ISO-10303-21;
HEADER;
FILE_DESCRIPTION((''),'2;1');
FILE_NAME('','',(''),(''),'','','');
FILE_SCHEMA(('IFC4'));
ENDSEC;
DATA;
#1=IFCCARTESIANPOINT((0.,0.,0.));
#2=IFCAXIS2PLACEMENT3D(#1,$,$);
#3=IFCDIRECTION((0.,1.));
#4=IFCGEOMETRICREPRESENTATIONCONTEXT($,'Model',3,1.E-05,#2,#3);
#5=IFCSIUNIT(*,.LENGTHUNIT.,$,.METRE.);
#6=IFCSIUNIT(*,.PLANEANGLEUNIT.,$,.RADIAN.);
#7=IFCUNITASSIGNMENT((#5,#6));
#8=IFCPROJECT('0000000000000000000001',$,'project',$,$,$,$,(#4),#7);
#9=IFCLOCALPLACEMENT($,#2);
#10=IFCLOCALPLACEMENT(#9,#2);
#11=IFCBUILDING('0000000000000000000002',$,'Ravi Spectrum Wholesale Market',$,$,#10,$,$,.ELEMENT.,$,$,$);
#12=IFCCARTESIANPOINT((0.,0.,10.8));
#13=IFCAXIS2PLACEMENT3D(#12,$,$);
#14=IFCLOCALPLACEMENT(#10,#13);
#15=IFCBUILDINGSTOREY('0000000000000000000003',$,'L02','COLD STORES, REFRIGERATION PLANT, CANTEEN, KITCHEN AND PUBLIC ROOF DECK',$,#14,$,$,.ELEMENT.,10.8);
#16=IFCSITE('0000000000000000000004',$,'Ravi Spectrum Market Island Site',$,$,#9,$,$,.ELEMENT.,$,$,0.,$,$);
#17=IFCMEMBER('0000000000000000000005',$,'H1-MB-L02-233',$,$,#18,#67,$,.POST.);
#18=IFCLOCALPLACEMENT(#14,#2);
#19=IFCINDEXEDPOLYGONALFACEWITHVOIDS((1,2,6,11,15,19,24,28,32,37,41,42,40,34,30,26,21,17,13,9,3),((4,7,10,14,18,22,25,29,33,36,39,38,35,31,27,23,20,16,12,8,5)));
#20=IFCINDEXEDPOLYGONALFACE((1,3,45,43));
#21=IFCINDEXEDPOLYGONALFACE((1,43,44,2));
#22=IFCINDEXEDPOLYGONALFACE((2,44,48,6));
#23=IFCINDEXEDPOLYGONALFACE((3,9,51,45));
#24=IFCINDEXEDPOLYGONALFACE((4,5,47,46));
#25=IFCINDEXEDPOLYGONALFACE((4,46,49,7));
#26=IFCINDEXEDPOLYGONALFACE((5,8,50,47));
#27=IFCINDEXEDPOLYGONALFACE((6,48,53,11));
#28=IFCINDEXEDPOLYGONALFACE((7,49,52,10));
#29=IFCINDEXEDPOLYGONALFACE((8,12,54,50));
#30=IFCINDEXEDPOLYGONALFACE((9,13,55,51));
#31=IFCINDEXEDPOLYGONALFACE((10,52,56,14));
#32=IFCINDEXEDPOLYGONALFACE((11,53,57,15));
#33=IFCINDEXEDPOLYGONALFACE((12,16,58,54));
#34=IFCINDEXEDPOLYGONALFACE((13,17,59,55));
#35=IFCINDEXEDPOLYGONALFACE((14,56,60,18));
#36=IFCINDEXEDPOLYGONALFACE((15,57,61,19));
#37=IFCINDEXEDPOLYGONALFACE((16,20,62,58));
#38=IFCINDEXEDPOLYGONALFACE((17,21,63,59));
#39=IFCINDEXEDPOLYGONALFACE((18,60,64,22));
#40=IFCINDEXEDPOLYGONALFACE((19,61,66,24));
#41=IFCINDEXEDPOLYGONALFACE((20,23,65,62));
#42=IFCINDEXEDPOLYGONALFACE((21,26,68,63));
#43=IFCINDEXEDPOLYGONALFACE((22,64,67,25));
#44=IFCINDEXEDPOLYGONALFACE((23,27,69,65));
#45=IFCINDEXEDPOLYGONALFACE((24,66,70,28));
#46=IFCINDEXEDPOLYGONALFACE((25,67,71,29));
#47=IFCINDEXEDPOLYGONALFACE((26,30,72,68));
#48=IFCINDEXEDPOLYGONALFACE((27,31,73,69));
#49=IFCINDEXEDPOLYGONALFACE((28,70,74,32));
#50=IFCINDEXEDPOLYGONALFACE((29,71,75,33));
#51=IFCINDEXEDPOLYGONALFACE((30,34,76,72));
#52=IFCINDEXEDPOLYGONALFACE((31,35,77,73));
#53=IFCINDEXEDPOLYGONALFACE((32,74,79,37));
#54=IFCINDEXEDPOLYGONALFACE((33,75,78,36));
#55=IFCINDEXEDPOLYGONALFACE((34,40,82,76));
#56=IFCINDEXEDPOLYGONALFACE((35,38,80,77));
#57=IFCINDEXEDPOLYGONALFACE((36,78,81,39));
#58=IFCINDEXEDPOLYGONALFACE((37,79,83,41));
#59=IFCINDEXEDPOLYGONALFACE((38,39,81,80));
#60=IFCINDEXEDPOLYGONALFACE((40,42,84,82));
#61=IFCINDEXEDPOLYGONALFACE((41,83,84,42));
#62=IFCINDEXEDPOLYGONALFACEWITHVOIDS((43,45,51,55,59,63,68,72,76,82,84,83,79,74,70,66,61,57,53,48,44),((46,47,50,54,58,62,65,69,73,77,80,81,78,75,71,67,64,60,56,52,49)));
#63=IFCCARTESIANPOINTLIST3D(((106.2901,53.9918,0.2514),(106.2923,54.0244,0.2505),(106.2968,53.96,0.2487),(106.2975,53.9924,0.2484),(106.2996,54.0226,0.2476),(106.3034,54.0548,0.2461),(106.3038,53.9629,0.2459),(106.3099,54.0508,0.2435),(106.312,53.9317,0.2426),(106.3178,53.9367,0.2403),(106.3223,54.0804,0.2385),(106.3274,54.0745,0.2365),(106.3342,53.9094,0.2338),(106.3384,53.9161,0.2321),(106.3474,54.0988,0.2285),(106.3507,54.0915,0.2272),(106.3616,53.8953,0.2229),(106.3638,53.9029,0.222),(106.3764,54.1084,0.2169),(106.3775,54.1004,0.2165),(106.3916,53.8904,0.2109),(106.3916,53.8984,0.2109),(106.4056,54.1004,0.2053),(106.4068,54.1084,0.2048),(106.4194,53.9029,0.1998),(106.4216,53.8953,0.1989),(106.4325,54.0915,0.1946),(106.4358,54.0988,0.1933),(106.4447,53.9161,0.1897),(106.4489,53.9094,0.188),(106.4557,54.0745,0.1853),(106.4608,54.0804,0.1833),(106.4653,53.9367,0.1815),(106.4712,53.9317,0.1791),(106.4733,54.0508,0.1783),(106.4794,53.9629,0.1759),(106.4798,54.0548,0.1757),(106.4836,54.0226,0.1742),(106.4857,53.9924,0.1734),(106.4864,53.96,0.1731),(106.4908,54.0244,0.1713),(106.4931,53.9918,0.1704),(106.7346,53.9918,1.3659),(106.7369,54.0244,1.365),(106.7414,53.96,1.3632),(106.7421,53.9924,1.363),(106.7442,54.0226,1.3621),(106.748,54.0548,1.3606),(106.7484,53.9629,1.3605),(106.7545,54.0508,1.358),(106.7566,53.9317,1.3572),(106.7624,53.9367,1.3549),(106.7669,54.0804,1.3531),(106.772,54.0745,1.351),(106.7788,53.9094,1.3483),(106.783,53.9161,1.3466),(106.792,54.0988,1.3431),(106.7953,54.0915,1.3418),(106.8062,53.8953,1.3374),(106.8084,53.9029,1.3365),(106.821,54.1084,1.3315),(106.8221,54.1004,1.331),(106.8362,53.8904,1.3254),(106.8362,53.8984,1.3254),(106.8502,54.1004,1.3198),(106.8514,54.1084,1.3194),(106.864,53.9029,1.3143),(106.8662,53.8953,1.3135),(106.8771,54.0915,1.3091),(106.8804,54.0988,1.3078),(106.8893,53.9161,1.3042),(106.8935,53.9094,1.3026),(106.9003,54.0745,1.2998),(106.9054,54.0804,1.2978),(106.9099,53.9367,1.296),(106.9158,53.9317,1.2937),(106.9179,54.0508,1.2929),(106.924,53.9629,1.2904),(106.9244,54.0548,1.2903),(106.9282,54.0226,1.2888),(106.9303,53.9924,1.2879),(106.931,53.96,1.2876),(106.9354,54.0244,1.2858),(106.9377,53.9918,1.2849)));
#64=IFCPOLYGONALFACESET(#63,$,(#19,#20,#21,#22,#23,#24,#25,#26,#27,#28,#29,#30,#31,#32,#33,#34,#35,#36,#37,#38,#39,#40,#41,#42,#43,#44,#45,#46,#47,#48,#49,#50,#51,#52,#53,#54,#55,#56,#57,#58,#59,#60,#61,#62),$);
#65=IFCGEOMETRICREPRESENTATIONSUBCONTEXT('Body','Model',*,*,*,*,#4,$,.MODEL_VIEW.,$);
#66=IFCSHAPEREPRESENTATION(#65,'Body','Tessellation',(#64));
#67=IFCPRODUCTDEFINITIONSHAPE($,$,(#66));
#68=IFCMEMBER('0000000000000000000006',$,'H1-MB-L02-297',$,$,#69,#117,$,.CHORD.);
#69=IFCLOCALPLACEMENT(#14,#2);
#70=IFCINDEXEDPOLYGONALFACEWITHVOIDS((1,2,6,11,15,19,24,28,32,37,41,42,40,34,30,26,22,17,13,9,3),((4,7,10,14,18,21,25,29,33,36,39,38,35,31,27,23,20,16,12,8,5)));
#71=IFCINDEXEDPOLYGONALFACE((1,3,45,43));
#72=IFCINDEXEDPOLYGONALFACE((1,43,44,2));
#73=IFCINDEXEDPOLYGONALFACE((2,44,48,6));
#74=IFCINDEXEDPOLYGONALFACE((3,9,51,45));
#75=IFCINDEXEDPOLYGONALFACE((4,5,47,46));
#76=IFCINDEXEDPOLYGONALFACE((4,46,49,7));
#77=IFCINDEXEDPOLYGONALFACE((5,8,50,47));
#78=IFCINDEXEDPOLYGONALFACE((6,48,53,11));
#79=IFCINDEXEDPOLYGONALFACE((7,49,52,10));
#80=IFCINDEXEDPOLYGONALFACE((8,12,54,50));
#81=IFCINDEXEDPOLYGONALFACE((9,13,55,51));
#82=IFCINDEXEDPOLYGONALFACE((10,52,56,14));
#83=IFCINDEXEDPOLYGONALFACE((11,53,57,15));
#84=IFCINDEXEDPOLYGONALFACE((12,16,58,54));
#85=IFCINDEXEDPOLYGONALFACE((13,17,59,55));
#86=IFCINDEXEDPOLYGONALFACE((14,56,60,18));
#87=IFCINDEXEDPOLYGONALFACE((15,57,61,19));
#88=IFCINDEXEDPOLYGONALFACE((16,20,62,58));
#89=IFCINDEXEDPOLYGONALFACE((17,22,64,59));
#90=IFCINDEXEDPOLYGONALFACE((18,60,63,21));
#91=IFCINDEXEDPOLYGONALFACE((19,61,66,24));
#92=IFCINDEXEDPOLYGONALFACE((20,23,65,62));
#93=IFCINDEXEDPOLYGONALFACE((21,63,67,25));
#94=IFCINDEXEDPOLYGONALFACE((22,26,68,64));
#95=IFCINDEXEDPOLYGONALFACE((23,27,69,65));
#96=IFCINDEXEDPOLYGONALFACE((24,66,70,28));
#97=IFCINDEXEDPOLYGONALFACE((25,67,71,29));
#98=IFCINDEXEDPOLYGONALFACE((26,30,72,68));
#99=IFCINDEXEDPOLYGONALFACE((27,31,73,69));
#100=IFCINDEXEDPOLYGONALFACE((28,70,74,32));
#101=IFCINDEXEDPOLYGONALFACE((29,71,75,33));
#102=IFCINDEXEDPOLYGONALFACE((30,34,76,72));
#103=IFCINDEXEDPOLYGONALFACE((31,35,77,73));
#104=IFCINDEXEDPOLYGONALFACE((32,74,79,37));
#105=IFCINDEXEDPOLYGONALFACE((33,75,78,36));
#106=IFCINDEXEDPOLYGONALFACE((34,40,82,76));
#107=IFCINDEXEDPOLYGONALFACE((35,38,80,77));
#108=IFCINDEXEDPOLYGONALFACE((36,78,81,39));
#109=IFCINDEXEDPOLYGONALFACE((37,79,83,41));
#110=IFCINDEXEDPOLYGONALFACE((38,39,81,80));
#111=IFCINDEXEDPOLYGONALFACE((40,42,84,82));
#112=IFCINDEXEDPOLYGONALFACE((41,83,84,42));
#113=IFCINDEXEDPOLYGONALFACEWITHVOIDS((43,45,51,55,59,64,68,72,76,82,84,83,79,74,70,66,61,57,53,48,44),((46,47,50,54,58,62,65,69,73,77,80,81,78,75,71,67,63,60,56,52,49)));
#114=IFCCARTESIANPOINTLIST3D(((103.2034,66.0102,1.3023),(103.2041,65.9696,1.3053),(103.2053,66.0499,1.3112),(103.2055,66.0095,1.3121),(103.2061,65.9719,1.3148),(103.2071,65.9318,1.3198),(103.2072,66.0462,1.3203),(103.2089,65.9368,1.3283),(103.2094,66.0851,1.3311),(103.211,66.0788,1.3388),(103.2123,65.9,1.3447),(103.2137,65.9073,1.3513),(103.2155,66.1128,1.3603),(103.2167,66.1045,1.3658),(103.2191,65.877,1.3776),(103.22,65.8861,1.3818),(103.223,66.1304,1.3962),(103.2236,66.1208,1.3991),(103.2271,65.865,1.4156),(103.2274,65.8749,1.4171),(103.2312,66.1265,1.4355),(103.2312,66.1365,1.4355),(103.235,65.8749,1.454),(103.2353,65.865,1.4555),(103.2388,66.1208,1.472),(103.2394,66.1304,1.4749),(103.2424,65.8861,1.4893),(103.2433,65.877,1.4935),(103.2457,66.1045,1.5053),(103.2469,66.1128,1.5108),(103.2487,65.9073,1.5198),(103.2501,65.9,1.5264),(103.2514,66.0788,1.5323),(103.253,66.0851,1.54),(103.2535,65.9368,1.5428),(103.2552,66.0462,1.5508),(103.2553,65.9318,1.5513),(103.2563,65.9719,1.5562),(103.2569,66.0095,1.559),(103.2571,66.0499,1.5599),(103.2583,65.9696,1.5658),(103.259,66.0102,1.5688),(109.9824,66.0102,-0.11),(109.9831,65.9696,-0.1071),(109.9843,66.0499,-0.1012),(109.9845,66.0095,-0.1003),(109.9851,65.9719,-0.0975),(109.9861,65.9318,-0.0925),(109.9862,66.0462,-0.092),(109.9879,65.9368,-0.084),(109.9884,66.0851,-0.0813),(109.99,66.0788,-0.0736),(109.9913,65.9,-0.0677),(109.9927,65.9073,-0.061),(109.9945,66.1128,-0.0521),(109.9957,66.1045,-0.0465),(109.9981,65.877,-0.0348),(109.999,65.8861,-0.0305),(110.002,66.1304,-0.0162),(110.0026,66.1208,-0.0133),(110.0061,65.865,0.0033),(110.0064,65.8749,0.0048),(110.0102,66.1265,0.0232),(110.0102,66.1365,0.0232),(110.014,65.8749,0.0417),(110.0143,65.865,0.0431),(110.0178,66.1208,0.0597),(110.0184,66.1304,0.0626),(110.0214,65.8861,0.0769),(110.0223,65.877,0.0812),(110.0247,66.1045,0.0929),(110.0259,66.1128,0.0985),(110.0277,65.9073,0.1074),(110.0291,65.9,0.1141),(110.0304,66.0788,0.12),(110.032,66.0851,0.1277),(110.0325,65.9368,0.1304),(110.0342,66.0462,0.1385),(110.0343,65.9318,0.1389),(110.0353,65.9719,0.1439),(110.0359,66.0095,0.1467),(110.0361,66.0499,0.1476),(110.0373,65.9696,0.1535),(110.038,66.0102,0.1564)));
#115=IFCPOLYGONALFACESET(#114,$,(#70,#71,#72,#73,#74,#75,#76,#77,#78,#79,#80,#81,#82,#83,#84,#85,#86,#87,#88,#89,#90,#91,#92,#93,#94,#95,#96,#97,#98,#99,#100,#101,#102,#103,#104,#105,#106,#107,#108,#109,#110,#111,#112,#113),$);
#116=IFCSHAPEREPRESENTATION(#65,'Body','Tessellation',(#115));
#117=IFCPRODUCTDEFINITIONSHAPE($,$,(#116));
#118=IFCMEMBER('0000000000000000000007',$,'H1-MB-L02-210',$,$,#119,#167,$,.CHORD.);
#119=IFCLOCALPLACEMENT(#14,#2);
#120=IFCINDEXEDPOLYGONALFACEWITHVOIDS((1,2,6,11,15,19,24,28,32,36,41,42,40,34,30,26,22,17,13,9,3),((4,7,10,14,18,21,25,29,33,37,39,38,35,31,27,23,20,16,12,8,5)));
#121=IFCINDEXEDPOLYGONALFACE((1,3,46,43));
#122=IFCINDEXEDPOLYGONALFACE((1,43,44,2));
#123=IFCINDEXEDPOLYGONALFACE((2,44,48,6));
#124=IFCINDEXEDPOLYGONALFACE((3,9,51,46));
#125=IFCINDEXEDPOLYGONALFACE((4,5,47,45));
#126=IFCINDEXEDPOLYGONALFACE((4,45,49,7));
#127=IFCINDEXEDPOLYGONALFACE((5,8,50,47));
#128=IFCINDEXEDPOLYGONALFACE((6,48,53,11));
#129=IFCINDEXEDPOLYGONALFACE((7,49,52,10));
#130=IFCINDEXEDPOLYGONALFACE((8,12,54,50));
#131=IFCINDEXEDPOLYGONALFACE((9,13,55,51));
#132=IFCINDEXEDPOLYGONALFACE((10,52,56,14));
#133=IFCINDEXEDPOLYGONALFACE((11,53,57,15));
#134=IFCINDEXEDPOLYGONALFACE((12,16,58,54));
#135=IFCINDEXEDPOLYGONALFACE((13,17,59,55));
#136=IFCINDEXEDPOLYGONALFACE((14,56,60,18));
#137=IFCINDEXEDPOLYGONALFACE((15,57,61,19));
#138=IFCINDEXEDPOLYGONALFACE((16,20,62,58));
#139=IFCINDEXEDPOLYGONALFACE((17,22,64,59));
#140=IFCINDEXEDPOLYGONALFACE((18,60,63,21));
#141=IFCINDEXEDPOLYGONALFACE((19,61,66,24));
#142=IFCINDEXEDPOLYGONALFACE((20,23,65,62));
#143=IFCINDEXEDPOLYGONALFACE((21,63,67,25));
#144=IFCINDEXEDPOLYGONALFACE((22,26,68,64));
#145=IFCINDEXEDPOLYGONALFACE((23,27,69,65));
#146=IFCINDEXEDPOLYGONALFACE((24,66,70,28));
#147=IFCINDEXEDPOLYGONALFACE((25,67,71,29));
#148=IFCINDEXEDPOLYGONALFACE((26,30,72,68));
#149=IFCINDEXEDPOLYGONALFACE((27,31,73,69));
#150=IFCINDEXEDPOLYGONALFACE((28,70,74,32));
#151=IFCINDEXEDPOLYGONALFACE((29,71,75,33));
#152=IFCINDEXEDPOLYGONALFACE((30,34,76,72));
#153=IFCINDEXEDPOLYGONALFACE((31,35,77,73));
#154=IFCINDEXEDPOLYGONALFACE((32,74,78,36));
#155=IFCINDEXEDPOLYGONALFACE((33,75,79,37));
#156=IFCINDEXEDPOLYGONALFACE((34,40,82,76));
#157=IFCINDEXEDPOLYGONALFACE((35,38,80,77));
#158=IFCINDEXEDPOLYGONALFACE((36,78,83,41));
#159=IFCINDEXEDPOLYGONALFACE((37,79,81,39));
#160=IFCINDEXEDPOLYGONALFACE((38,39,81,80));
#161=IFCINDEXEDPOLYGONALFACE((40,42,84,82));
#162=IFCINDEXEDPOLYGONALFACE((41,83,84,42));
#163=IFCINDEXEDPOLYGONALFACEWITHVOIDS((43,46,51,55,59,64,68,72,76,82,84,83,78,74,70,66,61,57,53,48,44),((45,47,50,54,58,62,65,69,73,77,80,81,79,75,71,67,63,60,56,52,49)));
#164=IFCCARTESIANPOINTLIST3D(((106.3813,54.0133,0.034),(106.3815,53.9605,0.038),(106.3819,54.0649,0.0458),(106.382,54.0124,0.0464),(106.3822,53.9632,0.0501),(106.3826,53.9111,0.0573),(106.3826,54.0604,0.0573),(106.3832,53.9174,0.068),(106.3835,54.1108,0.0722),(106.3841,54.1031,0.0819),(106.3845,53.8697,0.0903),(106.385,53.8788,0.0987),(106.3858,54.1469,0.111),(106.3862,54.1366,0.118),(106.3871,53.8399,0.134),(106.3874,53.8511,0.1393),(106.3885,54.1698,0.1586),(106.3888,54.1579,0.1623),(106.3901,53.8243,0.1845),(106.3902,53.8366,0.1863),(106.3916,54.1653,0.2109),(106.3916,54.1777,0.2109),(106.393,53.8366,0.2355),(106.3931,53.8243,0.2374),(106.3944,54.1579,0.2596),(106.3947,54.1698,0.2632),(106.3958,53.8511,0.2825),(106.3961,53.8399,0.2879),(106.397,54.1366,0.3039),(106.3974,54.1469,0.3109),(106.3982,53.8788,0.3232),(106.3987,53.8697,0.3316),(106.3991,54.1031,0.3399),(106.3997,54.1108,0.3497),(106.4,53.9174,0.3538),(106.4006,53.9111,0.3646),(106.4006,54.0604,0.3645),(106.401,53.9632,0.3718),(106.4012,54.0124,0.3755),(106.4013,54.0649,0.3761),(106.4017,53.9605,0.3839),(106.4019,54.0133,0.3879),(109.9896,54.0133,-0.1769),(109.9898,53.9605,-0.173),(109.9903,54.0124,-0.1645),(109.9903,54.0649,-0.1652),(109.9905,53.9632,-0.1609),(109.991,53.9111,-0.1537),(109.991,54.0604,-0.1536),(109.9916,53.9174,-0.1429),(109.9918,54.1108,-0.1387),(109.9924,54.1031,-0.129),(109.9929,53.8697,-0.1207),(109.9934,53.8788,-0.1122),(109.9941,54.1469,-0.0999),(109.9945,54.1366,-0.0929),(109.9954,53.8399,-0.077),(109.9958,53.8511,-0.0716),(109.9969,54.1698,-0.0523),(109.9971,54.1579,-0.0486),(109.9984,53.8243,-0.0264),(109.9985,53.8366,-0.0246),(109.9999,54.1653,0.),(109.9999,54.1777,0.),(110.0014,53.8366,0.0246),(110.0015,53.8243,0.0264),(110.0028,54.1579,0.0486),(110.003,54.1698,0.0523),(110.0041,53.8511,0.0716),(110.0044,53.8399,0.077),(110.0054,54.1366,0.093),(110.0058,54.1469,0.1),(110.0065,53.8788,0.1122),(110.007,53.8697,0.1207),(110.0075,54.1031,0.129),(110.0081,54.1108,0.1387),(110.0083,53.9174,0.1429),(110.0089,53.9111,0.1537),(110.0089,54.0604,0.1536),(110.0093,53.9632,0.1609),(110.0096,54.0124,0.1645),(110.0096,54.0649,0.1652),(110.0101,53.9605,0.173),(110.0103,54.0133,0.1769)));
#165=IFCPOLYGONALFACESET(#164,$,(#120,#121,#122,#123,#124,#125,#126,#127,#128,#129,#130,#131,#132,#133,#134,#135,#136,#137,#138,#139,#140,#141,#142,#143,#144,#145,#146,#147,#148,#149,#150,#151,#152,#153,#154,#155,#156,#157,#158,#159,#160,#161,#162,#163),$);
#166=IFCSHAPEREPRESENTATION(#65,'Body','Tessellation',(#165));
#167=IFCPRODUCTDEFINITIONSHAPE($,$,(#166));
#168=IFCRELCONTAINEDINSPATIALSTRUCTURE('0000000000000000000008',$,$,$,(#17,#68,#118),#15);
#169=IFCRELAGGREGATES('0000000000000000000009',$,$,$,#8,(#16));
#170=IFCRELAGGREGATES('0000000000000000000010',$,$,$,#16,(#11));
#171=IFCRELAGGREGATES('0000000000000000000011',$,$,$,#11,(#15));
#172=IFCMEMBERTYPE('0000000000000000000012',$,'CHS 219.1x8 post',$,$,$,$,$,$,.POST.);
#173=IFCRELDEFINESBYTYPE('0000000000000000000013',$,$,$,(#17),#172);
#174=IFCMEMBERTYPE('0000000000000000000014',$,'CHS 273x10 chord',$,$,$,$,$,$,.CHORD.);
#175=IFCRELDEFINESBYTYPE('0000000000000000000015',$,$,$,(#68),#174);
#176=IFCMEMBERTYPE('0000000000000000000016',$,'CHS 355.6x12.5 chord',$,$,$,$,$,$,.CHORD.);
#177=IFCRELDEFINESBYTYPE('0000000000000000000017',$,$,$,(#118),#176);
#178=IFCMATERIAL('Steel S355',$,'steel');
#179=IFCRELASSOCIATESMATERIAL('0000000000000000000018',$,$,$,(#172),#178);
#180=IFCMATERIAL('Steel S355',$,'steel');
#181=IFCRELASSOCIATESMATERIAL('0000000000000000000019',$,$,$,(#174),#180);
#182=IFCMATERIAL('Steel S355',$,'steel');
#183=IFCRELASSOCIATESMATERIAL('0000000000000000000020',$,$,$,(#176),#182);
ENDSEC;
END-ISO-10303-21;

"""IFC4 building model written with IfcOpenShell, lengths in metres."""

from ifc_helpers import new_model, si_unit, direction, frame, origin, origin_2d, place, context, subcontext, project, spatial, hollow_circle, extrude, material, material_profile, profile_set, type_object, element, save


model = new_model("IFC4")

# Units and contexts
model_context = context("Model", 3, precision=1e-05, world=origin(), true_north=direction((0.0, 1.0)))
body_context = subcontext(model_context, "Body", "Model", "MODEL_VIEW")
ifc_project = project(units=[si_unit("LENGTHUNIT", "METRE"), si_unit("PLANEANGLEUNIT", "RADIAN")], contexts=[model_context])

# Site, building, storey
site_placement = place(None, origin())
site = spatial("IfcSite", under=ifc_project, at=site_placement, Name="Ravi Spectrum Market Island Site", CompositionType="ELEMENT", RefElevation=0.0)
building_placement = place(site_placement, origin())
building = spatial("IfcBuilding", under=site, at=building_placement, Name="Ravi Spectrum Wholesale Market", CompositionType="ELEMENT")
storey_placement = place(building_placement, frame((0.0, 0.0, 10.8)))
storey = spatial("IfcBuildingStorey", under=building, at=storey_placement, Name="L02", Description="COLD STORES, REFRIGERATION PLANT, CANTEEN, KITCHEN AND PUBLIC ROOF DECK", CompositionType="ELEMENT", Elevation=10.8)

# Members
ifc_material_1 = material(Name="Steel S355", Category="steel")
ifc_material_profile_1 = material_profile(ifc_material_1, hollow_circle(Radius=0.1096, WallThickness=0.0081, at=origin_2d()))
ifc_profile_set_1 = profile_set([ifc_material_profile_1], Name="Steel S355")
member_type_1 = type_object("IfcMemberType", Name="CHS 219.1x8 post", PredefinedType="POST", material=ifc_profile_set_1)
member_1_placement = place(storey_placement, frame((106.8362, 54.0, 1.3254), z_axis=(-0.370513, 0.0, -0.928827), x_axis=(0.0, -1.0, 0.0)))
element("IfcMember", 1, at=member_1_placement, inside=storey, type_object=member_type_1, Name="H1-MB-L02-233", PredefinedType="POST", context=body_context, shape_type="SweptSolid", body=[
    extrude(hollow_circle(Radius=0.1096, WallThickness=0.0081, at=origin_2d()), origin(), (0.0, 0.0, 1.0), 1.2),
])
ifc_material_2 = material(Name="Steel S355", Category="steel")
ifc_material_profile_2 = material_profile(ifc_material_2, hollow_circle(Radius=0.1365, WallThickness=0.01, at=origin_2d()))
ifc_profile_set_2 = profile_set([ifc_material_profile_2], Name="Steel S355")
member_type_2 = type_object("IfcMemberType", Name="CHS 273x10 chord", PredefinedType="CHORD", material=ifc_profile_set_2)
member_2_placement = place(storey_placement, frame((103.2312, 66.0, 1.4355), z_axis=(0.978979, 0.0, -0.203961), x_axis=(0.0, 1.0, 0.0)))
element("IfcMember", 2, at=member_2_placement, inside=storey, type_object=member_type_2, Name="H1-MB-L02-297", PredefinedType="CHORD", context=body_context, shape_type="SweptSolid", body=[
    extrude(hollow_circle(Radius=0.1365, WallThickness=0.01, at=origin_2d()), origin(), (0.0, 0.0, 1.0), 6.9246),
])
ifc_material_3 = material(Name="Steel S355", Category="steel")
ifc_material_profile_3 = material_profile(ifc_material_3, hollow_circle(Radius=0.1777, WallThickness=0.0125, at=origin_2d()))
ifc_profile_set_3 = profile_set([ifc_material_profile_3], Name="Steel S355")
member_type_3 = type_object("IfcMemberType", Name="CHS 355.6x12.5 chord", PredefinedType="CHORD", material=ifc_profile_set_3)
member_3_placement = place(storey_placement, frame((106.3916, 54.0, 0.2109), z_axis=(0.998296, 0.0, -0.058358), x_axis=(0.0, 1.0, 0.0)))
element("IfcMember", 3, at=member_3_placement, inside=storey, type_object=member_type_3, Name="H1-MB-L02-210", PredefinedType="CHORD", context=body_context, shape_type="SweptSolid", body=[
    extrude(hollow_circle(Radius=0.1777, WallThickness=0.0125, at=origin_2d()), origin(), (0.0, 0.0, 1.0), 3.6145),
])

save(model, "model.ifc")
